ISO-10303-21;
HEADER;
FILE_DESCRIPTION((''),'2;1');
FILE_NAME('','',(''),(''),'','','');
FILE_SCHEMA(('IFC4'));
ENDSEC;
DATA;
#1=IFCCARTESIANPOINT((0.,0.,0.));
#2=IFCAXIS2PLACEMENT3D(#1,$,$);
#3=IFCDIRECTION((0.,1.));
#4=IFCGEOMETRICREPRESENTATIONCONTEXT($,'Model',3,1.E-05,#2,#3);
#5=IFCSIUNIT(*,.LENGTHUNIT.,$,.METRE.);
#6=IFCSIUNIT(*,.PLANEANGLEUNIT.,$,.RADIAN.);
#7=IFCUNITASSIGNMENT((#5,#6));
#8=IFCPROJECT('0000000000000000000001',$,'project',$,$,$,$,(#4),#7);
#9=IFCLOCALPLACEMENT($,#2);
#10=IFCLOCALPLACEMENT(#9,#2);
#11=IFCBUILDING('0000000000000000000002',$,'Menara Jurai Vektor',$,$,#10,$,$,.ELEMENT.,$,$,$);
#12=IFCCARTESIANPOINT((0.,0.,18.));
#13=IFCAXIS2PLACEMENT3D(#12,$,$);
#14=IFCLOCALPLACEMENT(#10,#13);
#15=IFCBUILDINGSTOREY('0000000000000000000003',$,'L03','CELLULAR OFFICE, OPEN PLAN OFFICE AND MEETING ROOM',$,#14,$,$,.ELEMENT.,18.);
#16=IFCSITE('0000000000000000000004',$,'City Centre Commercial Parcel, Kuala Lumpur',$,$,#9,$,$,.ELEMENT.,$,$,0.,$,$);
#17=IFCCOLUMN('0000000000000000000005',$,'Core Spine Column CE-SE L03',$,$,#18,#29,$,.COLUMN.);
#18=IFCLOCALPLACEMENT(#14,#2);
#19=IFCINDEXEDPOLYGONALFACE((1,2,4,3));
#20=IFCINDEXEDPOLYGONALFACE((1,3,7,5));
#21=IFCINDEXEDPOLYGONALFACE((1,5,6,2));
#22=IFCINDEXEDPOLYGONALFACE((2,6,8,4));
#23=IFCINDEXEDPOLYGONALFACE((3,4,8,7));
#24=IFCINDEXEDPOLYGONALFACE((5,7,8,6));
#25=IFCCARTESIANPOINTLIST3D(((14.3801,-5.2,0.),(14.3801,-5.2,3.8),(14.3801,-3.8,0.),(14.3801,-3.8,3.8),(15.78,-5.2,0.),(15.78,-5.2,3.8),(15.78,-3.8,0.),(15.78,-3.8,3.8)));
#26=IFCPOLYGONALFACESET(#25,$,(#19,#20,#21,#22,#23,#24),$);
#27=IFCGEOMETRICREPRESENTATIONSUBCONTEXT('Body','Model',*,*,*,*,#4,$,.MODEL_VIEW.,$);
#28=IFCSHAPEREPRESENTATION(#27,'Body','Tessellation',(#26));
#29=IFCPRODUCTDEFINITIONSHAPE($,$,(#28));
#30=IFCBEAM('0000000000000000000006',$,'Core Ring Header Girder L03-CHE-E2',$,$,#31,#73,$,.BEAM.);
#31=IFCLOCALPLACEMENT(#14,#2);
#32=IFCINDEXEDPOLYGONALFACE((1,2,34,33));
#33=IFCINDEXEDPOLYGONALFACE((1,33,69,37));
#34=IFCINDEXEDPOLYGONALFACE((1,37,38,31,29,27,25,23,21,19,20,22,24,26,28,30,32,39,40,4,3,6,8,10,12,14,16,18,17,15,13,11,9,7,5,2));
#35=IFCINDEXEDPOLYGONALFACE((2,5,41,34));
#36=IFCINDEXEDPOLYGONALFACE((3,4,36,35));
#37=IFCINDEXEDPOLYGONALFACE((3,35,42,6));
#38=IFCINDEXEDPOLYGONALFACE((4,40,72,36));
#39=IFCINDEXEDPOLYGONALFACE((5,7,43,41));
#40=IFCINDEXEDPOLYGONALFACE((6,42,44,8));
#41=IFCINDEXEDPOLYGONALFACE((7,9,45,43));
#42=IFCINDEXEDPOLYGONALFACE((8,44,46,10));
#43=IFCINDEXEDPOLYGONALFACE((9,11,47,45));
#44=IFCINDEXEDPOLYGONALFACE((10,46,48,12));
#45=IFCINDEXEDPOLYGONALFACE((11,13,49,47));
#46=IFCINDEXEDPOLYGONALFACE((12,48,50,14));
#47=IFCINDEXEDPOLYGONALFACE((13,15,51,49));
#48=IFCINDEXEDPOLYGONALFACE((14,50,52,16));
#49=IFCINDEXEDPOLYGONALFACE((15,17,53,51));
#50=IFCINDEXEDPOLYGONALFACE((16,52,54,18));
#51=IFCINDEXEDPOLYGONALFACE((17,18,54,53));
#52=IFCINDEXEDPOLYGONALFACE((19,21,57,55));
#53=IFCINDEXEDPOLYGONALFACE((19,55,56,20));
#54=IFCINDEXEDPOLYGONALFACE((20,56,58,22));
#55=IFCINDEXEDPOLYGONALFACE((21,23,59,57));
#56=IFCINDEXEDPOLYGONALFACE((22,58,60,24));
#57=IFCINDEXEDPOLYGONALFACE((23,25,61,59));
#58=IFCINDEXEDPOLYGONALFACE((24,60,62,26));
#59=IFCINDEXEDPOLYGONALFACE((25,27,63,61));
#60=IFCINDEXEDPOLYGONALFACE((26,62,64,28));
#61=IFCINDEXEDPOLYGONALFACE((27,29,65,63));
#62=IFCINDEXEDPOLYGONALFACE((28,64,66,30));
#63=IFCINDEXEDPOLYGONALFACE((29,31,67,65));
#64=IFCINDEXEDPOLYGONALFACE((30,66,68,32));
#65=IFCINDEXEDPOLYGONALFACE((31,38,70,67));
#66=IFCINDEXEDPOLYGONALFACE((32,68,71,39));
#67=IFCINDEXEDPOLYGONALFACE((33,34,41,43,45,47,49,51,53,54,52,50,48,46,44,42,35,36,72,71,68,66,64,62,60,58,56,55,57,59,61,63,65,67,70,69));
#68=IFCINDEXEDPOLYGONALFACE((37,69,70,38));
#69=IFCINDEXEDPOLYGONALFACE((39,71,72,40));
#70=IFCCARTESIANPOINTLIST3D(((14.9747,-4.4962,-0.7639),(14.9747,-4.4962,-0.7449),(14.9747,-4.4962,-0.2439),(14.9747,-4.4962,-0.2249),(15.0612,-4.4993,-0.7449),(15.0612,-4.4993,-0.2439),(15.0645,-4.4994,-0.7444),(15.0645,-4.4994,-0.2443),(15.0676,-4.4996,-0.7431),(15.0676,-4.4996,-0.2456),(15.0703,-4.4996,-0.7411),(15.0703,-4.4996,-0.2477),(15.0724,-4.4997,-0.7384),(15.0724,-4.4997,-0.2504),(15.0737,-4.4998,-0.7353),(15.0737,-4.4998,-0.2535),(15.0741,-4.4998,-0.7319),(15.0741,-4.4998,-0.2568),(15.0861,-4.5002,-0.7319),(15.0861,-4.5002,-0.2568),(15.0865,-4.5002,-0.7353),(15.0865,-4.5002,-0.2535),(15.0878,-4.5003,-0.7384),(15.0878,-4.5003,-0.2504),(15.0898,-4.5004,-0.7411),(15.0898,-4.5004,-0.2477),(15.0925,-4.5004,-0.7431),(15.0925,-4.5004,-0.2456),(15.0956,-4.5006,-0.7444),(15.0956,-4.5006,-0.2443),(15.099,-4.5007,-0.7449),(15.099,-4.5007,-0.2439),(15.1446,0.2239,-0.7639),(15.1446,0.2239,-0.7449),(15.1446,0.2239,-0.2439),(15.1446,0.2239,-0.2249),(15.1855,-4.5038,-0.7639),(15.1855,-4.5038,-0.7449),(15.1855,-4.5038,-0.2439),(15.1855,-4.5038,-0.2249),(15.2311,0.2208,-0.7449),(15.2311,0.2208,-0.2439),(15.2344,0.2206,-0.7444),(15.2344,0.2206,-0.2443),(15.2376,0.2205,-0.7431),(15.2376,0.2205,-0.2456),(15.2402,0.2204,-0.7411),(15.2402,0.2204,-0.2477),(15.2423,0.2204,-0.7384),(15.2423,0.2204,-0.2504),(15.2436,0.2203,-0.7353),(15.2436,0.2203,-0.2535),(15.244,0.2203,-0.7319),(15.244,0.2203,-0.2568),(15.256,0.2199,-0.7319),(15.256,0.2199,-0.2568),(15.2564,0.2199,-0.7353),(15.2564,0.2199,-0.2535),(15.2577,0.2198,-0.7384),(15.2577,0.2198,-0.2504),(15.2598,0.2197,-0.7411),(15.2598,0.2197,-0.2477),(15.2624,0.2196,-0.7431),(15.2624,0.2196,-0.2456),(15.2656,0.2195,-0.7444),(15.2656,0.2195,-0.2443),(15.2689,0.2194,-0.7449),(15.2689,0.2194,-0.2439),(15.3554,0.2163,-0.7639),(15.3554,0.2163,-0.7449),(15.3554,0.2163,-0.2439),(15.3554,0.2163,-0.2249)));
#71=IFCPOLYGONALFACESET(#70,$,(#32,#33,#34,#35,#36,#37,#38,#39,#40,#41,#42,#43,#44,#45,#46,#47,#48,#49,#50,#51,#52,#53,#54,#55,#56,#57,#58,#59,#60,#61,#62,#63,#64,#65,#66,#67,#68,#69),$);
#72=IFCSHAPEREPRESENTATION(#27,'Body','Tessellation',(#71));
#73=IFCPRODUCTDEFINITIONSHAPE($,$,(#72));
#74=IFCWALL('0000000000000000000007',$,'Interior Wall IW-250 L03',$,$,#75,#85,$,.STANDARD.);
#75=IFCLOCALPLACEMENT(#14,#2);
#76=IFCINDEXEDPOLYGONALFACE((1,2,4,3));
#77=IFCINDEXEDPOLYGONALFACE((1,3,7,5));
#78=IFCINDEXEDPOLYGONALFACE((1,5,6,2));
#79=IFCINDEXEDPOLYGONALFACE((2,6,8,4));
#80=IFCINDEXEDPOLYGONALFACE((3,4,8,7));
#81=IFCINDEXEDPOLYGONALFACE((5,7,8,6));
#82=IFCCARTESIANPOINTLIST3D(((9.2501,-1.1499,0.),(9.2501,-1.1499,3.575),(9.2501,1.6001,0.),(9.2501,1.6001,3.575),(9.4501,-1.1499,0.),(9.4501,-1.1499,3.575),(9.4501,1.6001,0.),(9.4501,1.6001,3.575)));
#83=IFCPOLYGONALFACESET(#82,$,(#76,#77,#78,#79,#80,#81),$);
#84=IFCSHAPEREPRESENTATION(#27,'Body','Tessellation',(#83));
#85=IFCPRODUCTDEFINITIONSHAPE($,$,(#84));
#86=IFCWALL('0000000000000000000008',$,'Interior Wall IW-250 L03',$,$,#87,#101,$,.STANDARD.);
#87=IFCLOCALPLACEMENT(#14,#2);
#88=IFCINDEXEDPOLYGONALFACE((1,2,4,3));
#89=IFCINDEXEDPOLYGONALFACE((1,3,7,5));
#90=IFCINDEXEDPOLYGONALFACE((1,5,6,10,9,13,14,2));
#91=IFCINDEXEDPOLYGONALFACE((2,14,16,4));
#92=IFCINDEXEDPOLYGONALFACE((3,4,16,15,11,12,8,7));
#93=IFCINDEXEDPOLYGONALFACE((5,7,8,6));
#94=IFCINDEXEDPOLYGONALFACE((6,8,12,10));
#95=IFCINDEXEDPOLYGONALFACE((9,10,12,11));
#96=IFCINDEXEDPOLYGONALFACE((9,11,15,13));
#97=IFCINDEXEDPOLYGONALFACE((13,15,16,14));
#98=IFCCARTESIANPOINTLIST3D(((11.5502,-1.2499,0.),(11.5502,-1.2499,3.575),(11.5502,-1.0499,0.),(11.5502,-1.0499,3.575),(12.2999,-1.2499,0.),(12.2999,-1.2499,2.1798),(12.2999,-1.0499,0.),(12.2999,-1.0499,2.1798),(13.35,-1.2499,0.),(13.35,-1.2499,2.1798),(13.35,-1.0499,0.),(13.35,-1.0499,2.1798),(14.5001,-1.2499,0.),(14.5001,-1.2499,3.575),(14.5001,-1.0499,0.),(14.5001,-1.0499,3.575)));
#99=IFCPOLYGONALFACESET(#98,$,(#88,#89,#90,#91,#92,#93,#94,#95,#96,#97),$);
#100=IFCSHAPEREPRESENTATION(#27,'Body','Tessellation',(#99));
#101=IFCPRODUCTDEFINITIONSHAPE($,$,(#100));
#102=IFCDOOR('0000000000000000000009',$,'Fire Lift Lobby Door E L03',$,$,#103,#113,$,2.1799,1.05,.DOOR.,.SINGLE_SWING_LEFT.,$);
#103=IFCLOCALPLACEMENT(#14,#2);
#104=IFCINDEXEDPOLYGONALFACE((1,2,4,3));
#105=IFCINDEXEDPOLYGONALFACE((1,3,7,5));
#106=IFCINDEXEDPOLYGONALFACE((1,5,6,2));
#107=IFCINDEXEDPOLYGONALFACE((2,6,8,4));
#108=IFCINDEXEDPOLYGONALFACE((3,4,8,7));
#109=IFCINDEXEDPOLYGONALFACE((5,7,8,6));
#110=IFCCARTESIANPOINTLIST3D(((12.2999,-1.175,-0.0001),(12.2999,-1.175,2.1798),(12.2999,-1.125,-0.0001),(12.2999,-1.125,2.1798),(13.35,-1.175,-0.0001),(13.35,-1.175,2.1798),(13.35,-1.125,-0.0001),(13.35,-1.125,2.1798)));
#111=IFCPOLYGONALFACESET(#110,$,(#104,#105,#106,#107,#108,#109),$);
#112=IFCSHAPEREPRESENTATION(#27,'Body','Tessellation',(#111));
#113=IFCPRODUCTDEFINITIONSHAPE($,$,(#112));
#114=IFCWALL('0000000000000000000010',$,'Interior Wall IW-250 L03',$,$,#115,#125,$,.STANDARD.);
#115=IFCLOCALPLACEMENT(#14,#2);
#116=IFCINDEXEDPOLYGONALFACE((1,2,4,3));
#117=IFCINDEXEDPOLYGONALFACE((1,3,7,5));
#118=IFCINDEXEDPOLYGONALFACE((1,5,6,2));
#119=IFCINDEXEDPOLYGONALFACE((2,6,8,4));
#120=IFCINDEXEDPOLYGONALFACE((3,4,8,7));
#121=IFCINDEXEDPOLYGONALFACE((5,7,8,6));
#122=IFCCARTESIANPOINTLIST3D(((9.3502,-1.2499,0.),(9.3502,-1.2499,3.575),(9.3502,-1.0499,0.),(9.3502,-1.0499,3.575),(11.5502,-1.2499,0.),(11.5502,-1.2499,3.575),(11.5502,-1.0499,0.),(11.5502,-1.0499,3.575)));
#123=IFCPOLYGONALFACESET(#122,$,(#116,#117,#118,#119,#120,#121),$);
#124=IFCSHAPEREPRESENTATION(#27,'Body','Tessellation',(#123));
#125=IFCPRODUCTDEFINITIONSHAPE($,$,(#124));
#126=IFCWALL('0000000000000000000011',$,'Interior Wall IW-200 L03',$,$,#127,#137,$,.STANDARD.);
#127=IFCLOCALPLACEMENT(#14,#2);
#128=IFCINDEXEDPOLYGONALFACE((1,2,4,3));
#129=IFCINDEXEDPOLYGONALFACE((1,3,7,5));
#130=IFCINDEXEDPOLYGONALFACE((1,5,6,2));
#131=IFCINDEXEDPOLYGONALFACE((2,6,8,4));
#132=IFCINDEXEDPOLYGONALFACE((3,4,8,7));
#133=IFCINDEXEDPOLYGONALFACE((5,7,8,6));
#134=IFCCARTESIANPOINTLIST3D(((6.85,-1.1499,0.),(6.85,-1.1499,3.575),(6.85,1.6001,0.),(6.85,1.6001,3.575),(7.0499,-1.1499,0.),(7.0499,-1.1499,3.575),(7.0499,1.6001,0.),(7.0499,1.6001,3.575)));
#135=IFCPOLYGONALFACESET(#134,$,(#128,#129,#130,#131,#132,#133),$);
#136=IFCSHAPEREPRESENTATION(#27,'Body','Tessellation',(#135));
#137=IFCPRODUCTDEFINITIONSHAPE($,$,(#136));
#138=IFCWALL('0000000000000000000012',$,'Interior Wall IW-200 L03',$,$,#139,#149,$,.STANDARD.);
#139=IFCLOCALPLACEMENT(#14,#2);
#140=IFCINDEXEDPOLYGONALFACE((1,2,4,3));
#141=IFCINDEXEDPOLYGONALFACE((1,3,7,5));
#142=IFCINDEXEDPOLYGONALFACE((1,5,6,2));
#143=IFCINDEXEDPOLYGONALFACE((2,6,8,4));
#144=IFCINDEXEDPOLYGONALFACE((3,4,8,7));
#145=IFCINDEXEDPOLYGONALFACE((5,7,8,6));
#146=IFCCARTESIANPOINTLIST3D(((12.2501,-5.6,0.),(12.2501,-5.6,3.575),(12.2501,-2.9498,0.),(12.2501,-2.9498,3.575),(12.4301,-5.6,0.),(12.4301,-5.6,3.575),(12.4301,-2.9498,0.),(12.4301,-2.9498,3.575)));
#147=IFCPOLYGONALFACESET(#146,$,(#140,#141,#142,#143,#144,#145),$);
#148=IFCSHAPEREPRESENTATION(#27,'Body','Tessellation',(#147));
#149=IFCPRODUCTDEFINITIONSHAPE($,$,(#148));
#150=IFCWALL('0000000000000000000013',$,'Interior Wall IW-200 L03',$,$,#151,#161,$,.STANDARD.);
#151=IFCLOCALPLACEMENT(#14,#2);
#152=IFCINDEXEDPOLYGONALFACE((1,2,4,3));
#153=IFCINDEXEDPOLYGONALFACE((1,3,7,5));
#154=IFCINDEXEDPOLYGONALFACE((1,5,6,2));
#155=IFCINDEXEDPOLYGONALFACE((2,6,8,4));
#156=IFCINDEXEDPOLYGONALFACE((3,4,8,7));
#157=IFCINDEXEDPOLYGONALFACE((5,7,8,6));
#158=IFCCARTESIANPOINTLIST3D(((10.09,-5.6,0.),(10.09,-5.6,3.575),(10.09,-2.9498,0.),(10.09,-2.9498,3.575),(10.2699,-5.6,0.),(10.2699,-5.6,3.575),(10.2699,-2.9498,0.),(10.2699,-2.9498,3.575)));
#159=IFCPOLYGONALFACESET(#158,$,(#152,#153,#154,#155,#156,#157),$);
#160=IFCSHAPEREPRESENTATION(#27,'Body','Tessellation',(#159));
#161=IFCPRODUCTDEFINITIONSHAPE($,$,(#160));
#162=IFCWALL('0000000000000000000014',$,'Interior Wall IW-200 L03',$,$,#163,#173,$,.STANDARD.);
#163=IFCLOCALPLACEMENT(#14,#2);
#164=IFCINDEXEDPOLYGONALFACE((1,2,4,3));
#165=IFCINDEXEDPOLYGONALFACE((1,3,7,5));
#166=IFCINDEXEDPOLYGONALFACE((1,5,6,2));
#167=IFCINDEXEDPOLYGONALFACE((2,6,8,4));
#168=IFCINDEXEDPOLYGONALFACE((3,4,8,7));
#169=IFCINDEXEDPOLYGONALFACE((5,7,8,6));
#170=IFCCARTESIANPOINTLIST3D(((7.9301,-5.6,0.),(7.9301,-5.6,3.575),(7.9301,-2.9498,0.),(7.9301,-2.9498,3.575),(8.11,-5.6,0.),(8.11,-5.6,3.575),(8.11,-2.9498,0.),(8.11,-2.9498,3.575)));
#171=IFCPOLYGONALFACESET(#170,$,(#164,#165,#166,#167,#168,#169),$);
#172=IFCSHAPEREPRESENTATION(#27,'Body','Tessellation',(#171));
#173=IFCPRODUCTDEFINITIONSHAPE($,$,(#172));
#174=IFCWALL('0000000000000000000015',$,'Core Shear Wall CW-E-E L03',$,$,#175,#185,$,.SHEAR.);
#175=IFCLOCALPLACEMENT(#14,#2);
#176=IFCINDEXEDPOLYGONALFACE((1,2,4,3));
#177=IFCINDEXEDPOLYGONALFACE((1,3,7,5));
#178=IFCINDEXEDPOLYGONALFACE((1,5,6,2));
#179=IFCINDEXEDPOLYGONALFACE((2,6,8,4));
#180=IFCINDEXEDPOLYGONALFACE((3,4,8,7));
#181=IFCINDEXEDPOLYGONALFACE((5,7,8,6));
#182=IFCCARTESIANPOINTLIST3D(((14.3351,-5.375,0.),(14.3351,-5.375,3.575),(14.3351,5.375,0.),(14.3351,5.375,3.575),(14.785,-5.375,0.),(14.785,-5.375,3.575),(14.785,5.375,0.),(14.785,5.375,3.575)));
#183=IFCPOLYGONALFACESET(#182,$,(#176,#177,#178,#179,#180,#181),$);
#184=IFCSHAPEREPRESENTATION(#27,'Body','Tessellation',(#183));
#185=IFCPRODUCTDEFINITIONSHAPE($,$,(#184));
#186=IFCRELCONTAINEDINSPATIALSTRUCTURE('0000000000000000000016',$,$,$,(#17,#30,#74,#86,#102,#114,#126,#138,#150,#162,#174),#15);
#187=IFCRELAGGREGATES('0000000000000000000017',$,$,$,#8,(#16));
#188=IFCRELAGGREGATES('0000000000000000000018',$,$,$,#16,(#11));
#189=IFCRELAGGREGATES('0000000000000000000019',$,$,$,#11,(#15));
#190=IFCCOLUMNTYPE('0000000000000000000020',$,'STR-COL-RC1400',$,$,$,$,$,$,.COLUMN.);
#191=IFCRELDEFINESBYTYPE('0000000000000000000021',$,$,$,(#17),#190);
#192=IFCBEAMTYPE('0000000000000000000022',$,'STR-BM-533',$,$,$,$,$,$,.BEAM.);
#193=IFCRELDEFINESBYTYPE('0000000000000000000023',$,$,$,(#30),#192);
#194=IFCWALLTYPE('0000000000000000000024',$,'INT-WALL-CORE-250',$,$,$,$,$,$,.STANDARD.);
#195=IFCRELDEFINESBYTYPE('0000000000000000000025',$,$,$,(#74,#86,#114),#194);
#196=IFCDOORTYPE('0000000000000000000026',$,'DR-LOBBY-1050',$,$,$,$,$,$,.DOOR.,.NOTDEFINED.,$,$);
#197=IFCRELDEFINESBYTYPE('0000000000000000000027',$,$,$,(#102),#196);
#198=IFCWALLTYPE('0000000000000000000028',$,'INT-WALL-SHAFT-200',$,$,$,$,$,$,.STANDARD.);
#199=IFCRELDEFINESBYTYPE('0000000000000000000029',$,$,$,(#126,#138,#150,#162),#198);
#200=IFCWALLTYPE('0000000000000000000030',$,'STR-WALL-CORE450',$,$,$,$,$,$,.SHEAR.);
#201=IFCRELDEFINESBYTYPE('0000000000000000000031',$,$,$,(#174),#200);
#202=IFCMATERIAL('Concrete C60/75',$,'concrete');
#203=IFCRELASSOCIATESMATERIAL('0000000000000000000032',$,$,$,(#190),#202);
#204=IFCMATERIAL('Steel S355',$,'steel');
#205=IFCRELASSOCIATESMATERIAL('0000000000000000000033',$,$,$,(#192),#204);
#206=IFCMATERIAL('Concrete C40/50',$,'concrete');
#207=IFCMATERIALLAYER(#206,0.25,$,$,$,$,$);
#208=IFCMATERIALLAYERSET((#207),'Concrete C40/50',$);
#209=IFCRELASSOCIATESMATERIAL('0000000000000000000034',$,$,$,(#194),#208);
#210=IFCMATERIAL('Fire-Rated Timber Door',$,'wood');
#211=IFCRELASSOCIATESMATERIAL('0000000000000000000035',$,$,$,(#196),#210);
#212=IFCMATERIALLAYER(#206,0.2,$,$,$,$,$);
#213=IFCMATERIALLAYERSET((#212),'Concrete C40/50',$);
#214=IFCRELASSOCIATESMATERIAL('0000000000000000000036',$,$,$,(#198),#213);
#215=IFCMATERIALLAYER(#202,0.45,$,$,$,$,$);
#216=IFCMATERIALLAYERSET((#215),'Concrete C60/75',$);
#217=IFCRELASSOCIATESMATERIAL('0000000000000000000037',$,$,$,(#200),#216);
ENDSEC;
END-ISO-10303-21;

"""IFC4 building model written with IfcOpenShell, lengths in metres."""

from ifc_helpers import new_model, si_unit, direction, frame, frame_2d, origin, origin_2d, place, context, subcontext, project, spatial, rectangle, i_section, extrude, material, layer, layer_set, material_profile, profile_set, type_object, element, fill, save


model = new_model("IFC4")

# Units and contexts
model_context = context("Model", 3, precision=1e-05, world=origin(), true_north=direction((0.0, 1.0)))
body_context = subcontext(model_context, "Body", "Model", "MODEL_VIEW")
ifc_project = project(units=[si_unit("LENGTHUNIT", "METRE"), si_unit("PLANEANGLEUNIT", "RADIAN")], contexts=[model_context])

# Site, building, storey
site_placement = place(None, origin())
site = spatial("IfcSite", under=ifc_project, at=site_placement, Name="City Centre Commercial Parcel, Kuala Lumpur", CompositionType="ELEMENT", RefElevation=0.0)
building_placement = place(site_placement, origin())
building = spatial("IfcBuilding", under=site, at=building_placement, Name="Menara Jurai Vektor", CompositionType="ELEMENT")
storey_placement = place(building_placement, frame((0.0, 0.0, 18.0)))
storey = spatial("IfcBuildingStorey", under=building, at=storey_placement, Name="L03", Description="CELLULAR OFFICE, OPEN PLAN OFFICE AND MEETING ROOM", CompositionType="ELEMENT", Elevation=18.0)

# Column
ifc_material_1 = material(Name="Concrete C60/75", Category="concrete")
ifc_material_profile_1 = material_profile(ifc_material_1, rectangle(XDim=1.3999, YDim=1.3999, at=origin_2d()), Name="RC 1400x1400")
ifc_profile_set_1 = profile_set([ifc_material_profile_1], Name="Concrete C60/75")
column_type = type_object("IfcColumnType", Name="STR-COL-RC1400", PredefinedType="COLUMN", material=ifc_profile_set_1)
column_placement = place(storey_placement, frame((15.0801, -4.5, 0.0), z_axis=(0.0, 0.0, 1.0), x_axis=(1.0, 0.0, 0.0)))
element("IfcColumn", 1, at=column_placement, inside=storey, type_object=column_type, Name="Core Spine Column CE-SE L03", PredefinedType="COLUMN", context=body_context, shape_type="SweptSolid", body=[
    extrude(rectangle(XDim=1.3999, YDim=1.3999, at=origin_2d()), origin(), (0.0, 0.0, 1.0), 3.8),
])

# Beam
ifc_material_2 = material(Name="Steel S355", Category="steel")
ifc_material_profile_2 = material_profile(ifc_material_2, i_section(OverallWidth=0.2109, OverallDepth=0.5391, WebThickness=0.012, FlangeThickness=0.019, FilletRadius=0.0129, at=origin_2d()), Name="UKB 533x210x109")
ifc_profile_set_2 = profile_set([ifc_material_profile_2], Name="Steel S355")
beam_type = type_object("IfcBeamType", Name="STR-BM-533", PredefinedType="BEAM", material=ifc_profile_set_2)
beam_placement = place(storey_placement, frame((15.0801, -4.5, -0.4944), z_axis=(0.035977, 0.999353, 0.0), x_axis=(-0.999353, 0.035977, 0.0)))
element("IfcBeam", 2, at=beam_placement, inside=storey, type_object=beam_type, Name="Core Ring Header Girder L03-CHE-E2", PredefinedType="BEAM", context=body_context, shape_type="SweptSolid", body=[
    extrude(i_section(OverallWidth=0.2109, OverallDepth=0.5391, WebThickness=0.012, FlangeThickness=0.019, FilletRadius=0.0129, at=origin_2d()), origin(), (0.0, 0.0, 1.0), 4.7231),
])

# Shared definitions
ifc_material_3 = material(Name="Concrete C40/50", Category="concrete")
ifc_layer_1 = layer(ifc_material_3, 0.25)
ifc_layer_set_1 = layer_set([ifc_layer_1], Name="Concrete C40/50")
wall_type_1 = type_object("IfcWallType", Name="INT-WALL-CORE-250", PredefinedType="STANDARD", material=ifc_layer_set_1)

# Wall
wall_1_placement = place(storey_placement, frame((9.3501, -1.1499, 0.0), z_axis=(0.0, 0.0, 1.0), x_axis=(0.0, 1.0, 0.0)))
element("IfcWall", 3, at=wall_1_placement, inside=storey, type_object=wall_type_1, Name="Interior Wall IW-250 L03", PredefinedType="STANDARD", context=body_context, shape_type="SweptSolid", body=[
    extrude(rectangle(XDim=2.75, YDim=0.2, at=frame_2d((1.375, 0.0))), origin(), (0.0, 0.0, 1.0), 3.575),
])

# Wall, opening, door
wall_2_placement = place(storey_placement, frame((11.55, -1.1499, 0.0), z_axis=(0.0, 0.0, 1.0), x_axis=(1.0, 0.0, 0.0)))
wall_2 = element("IfcWall", 4, at=wall_2_placement, inside=storey, type_object=wall_type_1, Name="Interior Wall IW-250 L03", PredefinedType="STANDARD", context=body_context, shape_type="SweptSolid", body=[
    extrude(rectangle(XDim=2.95, YDim=0.2, at=frame_2d((1.4751, 0.0))), origin(), (0.0, 0.0, 1.0), 3.575),
])
opening_1_placement = place(wall_2_placement, frame((0.75, 0.0, 0.0)))
opening_1 = element("IfcOpeningElement", 5, at=opening_1_placement, cuts=wall_2, PredefinedType="OPENING", context=body_context, shape_type="SweptSolid", body=[
    extrude(rectangle(XDim=1.05, YDim=2.1799, at=frame_2d((0.5249, 1.0898))), frame((0.0, 0.1099, 0.0), z_axis=(0.0, -1.0, 0.0), x_axis=(1.0, 0.0, 0.0)), (0.0, 0.0, 1.0), 0.22),
])
ifc_material_4 = material(Name="Fire-Rated Timber Door", Category="wood")
door_type_1 = type_object("IfcDoorType", Name="DR-LOBBY-1050", OperationType="NOTDEFINED", PredefinedType="DOOR", material=ifc_material_4)
door_1_placement = place(opening_1_placement, origin())
door_1 = element("IfcDoor", 6, at=door_1_placement, inside=storey, type_object=door_type_1, Name="Fire Lift Lobby Door E L03", OperationType="SINGLE_SWING_LEFT", OverallHeight=2.1799, OverallWidth=1.05, PredefinedType="DOOR", context=body_context, shape_type="SweptSolid", body=[
    extrude(rectangle(XDim=1.05, YDim=2.1799, at=frame_2d((0.5249, 1.0898))), frame((0.0, 0.0249, 0.0), z_axis=(0.0, -1.0, 0.0), x_axis=(1.0, 0.0, 0.0)), (0.0, 0.0, 1.0), 0.05),
])
fill(opening_1, door_1)

# Wall
wall_3_placement = place(storey_placement, frame((9.3501, -1.1499, 0.0), z_axis=(0.0, 0.0, 1.0), x_axis=(1.0, 0.0, 0.0)))
element("IfcWall", 7, at=wall_3_placement, inside=storey, type_object=wall_type_1, Name="Interior Wall IW-250 L03", PredefinedType="STANDARD", context=body_context, shape_type="SweptSolid", body=[
    extrude(rectangle(XDim=2.2, YDim=0.2, at=frame_2d((1.1001, 0.0))), origin(), (0.0, 0.0, 1.0), 3.575),
])

# Wall
ifc_layer_2 = layer(ifc_material_3, 0.2)
ifc_layer_set_2 = layer_set([ifc_layer_2], Name="Concrete C40/50")
wall_type_2 = type_object("IfcWallType", Name="INT-WALL-SHAFT-200", PredefinedType="STANDARD", material=ifc_layer_set_2)
wall_4_placement = place(storey_placement, frame((6.95, -1.1499, 0.0), z_axis=(0.0, 0.0, 1.0), x_axis=(0.0, 1.0, 0.0)))
element("IfcWall", 8, at=wall_4_placement, inside=storey, type_object=wall_type_2, Name="Interior Wall IW-200 L03", PredefinedType="STANDARD", context=body_context, shape_type="SweptSolid", body=[
    extrude(rectangle(XDim=2.75, YDim=0.2, at=frame_2d((1.375, 0.0))), origin(), (0.0, 0.0, 1.0), 3.575),
])

# Walls
for number, where, z_axis, x_axis, name in (
    (9, (12.3401, -5.6001, 0.0), (0.0, 0.0, 1.0), (0.0, 1.0, 0.0), "Interior Wall IW-200 L03"),
    (10, (10.1799, -5.6001, 0.0), (0.0, 0.0, 1.0), (0.0, 1.0, 0.0), "Interior Wall IW-200 L03"),
    (11, (8.02, -5.6001, 0.0), (0.0, 0.0, 1.0), (0.0, 1.0, 0.0), "Interior Wall IW-200 L03"),
):
    element("IfcWall", number, at=place(storey_placement, frame(where, z_axis=z_axis, x_axis=x_axis)), inside=storey, type_object=wall_type_2, Name=name, PredefinedType="STANDARD", context=body_context, shape_type="SweptSolid", body=[
        extrude(rectangle(XDim=2.6501, YDim=0.1799, at=frame_2d((1.3252, 0.0))), origin(), (0.0, 0.0, 1.0), 3.575),
    ])
ifc_layer_3 = layer(ifc_material_1, 0.45)
ifc_layer_set_3 = layer_set([ifc_layer_3], Name="Concrete C60/75")
wall_type_3 = type_object("IfcWallType", Name="STR-WALL-CORE450", PredefinedType="SHEAR", material=ifc_layer_set_3)
wall_5_placement = place(storey_placement, frame((14.5601, -5.375, 0.0), z_axis=(0.0, 0.0, 1.0), x_axis=(0.0, 1.0, 0.0)))
element("IfcWall", 12, at=wall_5_placement, inside=storey, type_object=wall_type_3, Name="Core Shear Wall CW-E-E L03", PredefinedType="SHEAR", context=body_context, shape_type="SweptSolid", body=[
    extrude(rectangle(XDim=10.75, YDim=0.45, at=frame_2d((5.375, 0.0))), origin(), (0.0, 0.0, 1.0), 3.575),
])

save(model, "model.ifc")
